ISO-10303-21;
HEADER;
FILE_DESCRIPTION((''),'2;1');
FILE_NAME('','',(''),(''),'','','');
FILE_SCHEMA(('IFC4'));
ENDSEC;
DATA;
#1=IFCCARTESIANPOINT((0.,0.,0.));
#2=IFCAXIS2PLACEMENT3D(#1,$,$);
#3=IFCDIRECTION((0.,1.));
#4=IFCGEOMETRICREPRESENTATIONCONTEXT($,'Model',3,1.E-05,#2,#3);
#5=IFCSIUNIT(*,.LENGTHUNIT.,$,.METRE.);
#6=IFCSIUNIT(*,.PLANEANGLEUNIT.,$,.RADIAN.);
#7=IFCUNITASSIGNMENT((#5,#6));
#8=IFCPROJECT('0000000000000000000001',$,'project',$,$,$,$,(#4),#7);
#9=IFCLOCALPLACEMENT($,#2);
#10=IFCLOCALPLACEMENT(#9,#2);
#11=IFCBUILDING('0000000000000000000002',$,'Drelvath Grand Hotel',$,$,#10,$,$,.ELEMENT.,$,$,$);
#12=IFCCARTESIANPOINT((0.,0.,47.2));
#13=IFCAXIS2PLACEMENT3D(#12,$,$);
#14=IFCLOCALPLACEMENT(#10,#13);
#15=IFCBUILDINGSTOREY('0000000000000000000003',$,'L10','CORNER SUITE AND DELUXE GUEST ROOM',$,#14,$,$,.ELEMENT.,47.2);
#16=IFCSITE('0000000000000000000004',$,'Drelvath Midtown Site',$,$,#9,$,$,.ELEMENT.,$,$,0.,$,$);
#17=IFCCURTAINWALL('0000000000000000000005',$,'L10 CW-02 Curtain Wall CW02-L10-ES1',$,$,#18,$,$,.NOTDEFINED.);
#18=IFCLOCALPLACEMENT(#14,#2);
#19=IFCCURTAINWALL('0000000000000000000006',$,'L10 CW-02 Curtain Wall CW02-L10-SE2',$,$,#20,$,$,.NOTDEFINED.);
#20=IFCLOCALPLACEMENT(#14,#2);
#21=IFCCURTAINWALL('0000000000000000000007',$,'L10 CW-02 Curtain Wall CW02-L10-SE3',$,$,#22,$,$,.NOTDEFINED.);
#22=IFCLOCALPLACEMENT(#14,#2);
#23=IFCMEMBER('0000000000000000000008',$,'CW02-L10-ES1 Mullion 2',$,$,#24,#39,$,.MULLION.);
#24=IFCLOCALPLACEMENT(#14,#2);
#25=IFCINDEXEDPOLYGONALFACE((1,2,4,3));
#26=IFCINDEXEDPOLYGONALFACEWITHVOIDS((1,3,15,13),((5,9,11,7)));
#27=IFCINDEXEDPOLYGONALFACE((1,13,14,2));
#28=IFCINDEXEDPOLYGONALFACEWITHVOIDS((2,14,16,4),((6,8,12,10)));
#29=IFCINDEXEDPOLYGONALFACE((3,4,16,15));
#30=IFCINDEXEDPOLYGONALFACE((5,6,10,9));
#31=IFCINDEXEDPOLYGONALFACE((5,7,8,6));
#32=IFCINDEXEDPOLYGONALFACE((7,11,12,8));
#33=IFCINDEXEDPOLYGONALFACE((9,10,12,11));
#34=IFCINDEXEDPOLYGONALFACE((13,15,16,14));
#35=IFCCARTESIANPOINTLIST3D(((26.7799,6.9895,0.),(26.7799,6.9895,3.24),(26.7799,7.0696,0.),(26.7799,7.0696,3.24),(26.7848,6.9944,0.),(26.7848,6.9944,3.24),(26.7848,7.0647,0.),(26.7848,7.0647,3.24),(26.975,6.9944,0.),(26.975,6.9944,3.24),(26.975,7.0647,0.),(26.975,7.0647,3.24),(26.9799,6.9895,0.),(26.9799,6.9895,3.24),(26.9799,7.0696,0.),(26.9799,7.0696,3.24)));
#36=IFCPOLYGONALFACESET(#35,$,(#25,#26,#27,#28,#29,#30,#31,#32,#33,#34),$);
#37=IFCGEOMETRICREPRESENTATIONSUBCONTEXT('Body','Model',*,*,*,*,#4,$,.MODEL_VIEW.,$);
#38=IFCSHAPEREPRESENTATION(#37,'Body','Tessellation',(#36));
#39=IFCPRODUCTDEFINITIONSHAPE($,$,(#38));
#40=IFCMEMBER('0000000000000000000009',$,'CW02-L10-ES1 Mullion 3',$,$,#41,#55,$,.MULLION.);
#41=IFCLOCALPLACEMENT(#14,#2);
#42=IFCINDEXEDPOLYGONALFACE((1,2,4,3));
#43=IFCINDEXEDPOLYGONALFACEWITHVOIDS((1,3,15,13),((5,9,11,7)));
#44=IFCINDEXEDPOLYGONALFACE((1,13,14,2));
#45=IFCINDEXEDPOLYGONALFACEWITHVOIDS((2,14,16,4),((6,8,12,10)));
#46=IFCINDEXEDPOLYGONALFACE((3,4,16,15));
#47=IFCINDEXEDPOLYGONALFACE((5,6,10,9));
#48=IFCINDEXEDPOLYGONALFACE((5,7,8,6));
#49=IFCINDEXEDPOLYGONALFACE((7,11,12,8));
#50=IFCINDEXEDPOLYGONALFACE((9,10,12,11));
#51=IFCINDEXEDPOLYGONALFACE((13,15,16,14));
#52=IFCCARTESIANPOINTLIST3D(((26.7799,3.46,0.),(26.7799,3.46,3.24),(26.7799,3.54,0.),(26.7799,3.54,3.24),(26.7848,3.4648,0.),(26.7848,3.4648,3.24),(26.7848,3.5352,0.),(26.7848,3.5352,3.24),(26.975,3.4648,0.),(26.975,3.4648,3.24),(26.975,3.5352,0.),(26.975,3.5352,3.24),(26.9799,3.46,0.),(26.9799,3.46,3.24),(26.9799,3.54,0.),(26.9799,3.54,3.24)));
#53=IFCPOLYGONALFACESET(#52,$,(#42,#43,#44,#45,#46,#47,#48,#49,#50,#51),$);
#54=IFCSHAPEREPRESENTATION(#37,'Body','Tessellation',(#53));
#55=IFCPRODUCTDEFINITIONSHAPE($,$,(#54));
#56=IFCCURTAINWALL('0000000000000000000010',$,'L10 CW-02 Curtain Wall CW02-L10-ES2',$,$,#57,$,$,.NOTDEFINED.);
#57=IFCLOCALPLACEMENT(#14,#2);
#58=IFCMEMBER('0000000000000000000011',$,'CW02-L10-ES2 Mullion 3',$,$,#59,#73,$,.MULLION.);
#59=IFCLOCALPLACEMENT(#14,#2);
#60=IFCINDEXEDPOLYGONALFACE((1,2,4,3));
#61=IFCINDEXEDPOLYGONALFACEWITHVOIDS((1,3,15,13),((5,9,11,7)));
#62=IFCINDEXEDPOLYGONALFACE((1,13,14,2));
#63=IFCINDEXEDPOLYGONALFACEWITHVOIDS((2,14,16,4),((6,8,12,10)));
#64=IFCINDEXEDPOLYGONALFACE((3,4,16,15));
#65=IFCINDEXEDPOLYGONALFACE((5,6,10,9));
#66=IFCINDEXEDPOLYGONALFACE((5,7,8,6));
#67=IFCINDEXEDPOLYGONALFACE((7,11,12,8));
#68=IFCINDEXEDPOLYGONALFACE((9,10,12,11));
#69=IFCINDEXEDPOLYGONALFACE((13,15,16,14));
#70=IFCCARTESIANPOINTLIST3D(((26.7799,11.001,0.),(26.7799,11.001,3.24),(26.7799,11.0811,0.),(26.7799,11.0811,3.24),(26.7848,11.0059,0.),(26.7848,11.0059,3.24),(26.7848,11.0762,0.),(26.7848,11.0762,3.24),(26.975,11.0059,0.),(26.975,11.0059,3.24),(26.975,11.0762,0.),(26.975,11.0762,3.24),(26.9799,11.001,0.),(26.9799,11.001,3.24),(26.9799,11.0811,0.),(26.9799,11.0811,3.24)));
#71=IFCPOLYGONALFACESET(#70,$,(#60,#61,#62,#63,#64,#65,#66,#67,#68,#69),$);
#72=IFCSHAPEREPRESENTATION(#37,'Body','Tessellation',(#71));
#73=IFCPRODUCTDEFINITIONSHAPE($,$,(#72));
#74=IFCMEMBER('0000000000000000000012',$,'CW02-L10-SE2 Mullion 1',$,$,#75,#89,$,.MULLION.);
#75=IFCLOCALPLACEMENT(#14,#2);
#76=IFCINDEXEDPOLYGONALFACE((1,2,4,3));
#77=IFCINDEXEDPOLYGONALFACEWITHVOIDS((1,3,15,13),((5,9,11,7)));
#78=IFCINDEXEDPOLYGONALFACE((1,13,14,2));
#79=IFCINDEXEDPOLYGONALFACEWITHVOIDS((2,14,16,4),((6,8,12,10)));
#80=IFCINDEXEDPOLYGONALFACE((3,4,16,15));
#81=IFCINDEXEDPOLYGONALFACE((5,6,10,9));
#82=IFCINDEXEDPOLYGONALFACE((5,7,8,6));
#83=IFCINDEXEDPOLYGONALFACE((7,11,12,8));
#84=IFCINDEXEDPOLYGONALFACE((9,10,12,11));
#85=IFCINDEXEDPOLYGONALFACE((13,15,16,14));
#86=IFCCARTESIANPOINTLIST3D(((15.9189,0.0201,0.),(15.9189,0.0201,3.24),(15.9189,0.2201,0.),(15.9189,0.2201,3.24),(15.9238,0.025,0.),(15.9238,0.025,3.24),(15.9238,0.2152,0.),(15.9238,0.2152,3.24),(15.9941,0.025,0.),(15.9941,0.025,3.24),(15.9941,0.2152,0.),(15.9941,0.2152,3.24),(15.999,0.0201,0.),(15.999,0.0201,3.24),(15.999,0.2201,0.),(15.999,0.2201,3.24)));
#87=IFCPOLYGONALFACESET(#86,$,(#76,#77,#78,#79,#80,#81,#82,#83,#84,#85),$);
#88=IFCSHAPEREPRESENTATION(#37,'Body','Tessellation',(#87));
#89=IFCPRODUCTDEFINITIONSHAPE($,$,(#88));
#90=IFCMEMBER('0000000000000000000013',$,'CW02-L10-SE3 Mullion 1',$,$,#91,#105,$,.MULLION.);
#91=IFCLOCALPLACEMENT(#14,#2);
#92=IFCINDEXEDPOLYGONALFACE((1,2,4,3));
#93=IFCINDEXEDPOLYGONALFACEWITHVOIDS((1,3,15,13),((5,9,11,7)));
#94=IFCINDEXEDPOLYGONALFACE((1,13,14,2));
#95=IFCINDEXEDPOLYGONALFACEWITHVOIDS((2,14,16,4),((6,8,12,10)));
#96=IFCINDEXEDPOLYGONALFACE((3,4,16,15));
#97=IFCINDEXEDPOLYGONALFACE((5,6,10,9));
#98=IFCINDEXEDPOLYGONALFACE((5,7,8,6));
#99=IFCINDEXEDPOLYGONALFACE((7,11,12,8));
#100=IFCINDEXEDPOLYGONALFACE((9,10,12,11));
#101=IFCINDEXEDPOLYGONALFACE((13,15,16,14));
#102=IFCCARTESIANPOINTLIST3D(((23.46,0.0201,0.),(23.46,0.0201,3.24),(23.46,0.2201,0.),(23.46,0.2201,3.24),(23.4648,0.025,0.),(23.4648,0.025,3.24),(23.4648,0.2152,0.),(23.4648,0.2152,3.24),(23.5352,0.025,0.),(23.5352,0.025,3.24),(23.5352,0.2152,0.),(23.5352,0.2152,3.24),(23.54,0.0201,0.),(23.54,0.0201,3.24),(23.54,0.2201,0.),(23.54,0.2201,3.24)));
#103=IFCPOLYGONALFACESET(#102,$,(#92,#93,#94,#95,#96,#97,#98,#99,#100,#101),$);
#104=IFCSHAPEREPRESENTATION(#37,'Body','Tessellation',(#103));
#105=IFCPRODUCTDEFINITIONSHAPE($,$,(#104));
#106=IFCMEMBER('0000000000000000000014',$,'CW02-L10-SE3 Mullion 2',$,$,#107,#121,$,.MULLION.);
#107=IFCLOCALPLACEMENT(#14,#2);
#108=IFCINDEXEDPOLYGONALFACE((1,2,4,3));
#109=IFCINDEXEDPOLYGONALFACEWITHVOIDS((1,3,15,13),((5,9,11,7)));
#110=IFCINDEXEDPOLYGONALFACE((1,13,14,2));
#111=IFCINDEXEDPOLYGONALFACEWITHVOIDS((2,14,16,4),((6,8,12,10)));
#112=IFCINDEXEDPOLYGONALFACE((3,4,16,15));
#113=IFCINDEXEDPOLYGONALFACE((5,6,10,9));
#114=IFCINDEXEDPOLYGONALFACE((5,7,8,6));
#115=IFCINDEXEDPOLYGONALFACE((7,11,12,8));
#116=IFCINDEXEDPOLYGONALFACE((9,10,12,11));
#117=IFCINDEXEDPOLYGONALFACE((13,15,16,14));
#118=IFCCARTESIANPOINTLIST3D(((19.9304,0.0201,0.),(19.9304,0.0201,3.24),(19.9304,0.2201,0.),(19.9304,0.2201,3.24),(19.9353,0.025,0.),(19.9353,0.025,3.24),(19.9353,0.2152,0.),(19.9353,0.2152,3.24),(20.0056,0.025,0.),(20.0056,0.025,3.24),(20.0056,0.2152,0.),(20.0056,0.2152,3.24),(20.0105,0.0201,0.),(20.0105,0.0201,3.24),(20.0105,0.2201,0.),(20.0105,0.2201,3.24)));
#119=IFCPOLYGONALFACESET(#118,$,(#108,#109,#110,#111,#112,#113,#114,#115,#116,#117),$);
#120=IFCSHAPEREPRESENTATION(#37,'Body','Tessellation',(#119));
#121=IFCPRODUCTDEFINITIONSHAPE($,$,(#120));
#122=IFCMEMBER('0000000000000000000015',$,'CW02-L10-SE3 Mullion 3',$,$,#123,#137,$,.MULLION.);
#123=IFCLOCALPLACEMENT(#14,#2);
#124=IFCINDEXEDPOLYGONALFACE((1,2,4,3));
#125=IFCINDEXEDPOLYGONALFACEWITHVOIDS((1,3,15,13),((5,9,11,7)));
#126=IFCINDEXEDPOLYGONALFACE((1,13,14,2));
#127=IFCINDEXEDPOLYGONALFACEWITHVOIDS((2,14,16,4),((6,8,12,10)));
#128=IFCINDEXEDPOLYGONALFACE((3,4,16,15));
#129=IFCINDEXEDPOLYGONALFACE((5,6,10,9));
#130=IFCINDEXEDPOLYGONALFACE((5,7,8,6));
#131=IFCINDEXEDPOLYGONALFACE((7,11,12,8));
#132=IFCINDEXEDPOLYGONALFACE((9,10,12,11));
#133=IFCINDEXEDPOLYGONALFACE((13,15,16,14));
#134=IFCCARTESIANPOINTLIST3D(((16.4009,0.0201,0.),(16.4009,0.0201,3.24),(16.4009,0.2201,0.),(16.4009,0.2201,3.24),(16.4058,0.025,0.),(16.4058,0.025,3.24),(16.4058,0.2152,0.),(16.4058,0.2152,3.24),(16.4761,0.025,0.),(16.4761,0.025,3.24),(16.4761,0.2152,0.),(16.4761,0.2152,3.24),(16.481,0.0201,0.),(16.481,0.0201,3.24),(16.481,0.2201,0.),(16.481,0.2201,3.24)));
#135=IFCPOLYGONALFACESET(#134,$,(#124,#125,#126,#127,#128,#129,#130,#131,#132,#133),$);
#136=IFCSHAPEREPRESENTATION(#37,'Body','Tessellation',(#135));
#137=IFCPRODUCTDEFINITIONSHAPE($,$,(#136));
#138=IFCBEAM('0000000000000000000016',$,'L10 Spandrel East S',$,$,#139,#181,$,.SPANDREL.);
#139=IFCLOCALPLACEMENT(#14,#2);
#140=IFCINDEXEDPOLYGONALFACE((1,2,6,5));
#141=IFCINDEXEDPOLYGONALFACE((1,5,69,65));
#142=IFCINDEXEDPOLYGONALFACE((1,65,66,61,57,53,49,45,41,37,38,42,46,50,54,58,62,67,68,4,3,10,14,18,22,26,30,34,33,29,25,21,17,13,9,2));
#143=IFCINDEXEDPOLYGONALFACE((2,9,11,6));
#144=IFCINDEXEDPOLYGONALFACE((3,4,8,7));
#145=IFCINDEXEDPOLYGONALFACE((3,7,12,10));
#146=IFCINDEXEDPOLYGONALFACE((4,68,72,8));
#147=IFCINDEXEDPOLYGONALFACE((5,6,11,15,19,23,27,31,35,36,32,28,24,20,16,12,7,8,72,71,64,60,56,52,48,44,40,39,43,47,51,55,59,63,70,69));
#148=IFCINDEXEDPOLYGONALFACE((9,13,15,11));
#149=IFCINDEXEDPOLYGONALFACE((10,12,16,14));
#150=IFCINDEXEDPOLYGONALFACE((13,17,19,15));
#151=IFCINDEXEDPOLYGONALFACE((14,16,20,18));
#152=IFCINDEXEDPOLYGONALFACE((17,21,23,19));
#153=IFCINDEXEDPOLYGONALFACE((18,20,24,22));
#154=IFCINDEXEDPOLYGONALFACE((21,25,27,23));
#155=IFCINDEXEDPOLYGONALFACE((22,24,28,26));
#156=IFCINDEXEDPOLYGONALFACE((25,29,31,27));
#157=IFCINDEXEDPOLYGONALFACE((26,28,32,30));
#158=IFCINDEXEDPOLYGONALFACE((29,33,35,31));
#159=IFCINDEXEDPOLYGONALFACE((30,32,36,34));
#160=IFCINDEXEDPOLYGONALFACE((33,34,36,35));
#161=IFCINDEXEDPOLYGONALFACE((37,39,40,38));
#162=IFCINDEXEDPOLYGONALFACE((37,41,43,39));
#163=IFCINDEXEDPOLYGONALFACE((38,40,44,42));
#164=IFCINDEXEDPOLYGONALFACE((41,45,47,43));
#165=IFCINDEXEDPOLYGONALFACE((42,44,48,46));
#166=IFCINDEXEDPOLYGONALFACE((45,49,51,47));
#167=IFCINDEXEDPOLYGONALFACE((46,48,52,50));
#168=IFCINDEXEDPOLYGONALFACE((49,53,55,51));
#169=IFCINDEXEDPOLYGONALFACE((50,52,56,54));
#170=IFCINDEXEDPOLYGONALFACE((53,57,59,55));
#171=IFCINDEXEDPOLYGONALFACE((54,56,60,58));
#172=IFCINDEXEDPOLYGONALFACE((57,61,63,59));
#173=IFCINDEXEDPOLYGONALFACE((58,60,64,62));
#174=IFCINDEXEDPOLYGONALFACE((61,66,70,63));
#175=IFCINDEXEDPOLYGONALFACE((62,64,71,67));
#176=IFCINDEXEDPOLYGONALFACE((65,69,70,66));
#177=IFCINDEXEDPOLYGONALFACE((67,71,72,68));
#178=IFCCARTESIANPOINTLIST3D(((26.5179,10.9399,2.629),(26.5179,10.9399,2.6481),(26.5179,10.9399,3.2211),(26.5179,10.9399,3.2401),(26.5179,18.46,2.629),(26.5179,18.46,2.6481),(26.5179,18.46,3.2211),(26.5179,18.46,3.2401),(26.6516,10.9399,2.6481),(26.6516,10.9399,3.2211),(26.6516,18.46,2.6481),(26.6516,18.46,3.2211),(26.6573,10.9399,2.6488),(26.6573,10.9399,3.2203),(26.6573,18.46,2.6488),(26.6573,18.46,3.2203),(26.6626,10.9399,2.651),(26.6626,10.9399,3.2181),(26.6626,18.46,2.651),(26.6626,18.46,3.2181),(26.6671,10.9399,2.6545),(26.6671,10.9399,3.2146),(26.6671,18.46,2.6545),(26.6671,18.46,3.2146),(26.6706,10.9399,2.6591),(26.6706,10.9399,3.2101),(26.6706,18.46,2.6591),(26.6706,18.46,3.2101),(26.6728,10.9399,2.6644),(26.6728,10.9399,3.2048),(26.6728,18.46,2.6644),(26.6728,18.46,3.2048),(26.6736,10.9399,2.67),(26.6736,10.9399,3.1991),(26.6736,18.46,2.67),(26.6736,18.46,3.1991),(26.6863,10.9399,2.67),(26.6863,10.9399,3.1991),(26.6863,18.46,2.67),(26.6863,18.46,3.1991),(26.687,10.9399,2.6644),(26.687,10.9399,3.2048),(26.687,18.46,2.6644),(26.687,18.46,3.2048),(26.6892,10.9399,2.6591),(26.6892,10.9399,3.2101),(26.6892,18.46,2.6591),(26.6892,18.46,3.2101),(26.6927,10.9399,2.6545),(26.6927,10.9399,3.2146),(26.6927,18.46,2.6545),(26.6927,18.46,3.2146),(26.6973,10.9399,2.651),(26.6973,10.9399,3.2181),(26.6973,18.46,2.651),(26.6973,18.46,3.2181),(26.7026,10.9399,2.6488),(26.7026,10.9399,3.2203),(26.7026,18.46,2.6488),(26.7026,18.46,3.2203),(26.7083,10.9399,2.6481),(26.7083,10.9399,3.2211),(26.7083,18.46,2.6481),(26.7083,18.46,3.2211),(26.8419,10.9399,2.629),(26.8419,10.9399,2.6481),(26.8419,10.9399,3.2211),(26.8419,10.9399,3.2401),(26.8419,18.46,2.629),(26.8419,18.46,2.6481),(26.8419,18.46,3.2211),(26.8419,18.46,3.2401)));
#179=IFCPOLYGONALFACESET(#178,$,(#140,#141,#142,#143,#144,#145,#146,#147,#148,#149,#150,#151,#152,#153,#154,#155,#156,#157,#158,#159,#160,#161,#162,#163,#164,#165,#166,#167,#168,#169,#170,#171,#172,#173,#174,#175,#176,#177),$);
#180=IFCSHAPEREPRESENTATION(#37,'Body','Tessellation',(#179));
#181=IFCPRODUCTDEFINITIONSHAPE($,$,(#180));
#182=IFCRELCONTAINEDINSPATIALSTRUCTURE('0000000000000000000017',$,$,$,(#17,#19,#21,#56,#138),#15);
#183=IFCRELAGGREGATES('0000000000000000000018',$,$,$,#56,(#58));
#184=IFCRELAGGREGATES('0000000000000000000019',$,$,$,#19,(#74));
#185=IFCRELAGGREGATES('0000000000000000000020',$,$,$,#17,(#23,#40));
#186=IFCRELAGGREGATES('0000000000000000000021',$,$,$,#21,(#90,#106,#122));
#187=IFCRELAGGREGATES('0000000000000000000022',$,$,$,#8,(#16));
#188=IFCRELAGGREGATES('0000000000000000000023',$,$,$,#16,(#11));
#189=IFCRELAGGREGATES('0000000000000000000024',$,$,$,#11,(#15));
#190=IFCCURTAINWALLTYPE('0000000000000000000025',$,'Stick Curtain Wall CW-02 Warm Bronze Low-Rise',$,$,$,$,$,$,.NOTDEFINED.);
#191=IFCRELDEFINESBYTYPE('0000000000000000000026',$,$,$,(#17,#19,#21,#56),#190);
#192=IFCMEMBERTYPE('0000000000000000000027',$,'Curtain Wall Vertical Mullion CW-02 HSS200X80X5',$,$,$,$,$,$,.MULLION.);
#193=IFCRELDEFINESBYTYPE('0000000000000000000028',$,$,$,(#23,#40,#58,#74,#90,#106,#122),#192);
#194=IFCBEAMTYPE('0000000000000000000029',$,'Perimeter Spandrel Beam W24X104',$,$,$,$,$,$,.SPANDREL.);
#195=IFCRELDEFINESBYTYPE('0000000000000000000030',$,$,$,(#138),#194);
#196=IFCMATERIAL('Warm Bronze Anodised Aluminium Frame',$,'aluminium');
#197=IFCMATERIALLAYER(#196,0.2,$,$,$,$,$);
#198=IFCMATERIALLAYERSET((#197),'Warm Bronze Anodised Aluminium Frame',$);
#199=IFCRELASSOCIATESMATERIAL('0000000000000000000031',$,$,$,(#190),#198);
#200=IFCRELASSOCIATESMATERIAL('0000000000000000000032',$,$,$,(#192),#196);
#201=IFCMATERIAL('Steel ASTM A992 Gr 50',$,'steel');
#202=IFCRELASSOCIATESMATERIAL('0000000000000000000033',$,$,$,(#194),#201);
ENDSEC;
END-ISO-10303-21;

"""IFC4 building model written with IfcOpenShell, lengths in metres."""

from ifc_helpers import new_model, si_unit, direction, frame, origin, origin_2d, place, context, subcontext, project, spatial, hollow_rectangle, i_section, extrude, material, layer, layer_set, material_profile, profile_set, type_object, element, aggregate, save


model = new_model("IFC4")

# Units and contexts
model_context = context("Model", 3, precision=1e-05, world=origin(), true_north=direction((0.0, 1.0)))
body_context = subcontext(model_context, "Body", "Model", "MODEL_VIEW")
ifc_project = project(units=[si_unit("LENGTHUNIT", "METRE"), si_unit("PLANEANGLEUNIT", "RADIAN")], contexts=[model_context])

# Site, building, storey
site_placement = place(None, origin())
site = spatial("IfcSite", under=ifc_project, at=site_placement, Name="Drelvath Midtown Site", CompositionType="ELEMENT", RefElevation=0.0)
building_placement = place(site_placement, origin())
building = spatial("IfcBuilding", under=site, at=building_placement, Name="Drelvath Grand Hotel", CompositionType="ELEMENT")
storey_placement = place(building_placement, frame((0.0, 0.0, 47.2)))
storey = spatial("IfcBuildingStorey", under=building, at=storey_placement, Name="L10", Description="CORNER SUITE AND DELUXE GUEST ROOM", CompositionType="ELEMENT", Elevation=47.2)

# Curtain walls
ifc_material_1 = material(Name="Warm Bronze Anodised Aluminium Frame", Category="aluminium")
ifc_layer_1 = layer(ifc_material_1, 0.2)
ifc_layer_set_1 = layer_set([ifc_layer_1], Name="Warm Bronze Anodised Aluminium Frame")
curtain_wall_type = type_object("IfcCurtainWallType", Name="Stick Curtain Wall CW-02 Warm Bronze Low-Rise", PredefinedType="NOTDEFINED", material=ifc_layer_set_1)
curtain_wall_1_placement = place(storey_placement, origin())
curtain_wall_1 = element("IfcCurtainWall", 1, at=curtain_wall_1_placement, inside=storey, type_object=curtain_wall_type, Name="L10 CW-02 Curtain Wall CW02-L10-ES1", PredefinedType="NOTDEFINED")
curtain_wall_2_placement = place(storey_placement, origin())
curtain_wall_2 = element("IfcCurtainWall", 2, at=curtain_wall_2_placement, inside=storey, type_object=curtain_wall_type, Name="L10 CW-02 Curtain Wall CW02-L10-SE2", PredefinedType="NOTDEFINED")
curtain_wall_3_placement = place(storey_placement, origin())
curtain_wall_3 = element("IfcCurtainWall", 3, at=curtain_wall_3_placement, inside=storey, type_object=curtain_wall_type, Name="L10 CW-02 Curtain Wall CW02-L10-SE3", PredefinedType="NOTDEFINED")

# Members
ifc_material_profile_1 = material_profile(ifc_material_1, hollow_rectangle(XDim=0.0801, YDim=0.2, WallThickness=0.0049, at=origin_2d()), Name="HSS200X80X5")
ifc_profile_set_1 = profile_set([ifc_material_profile_1], Name="Warm Bronze Anodised Aluminium Frame")
member_type_1 = type_object("IfcMemberType", Name="Curtain Wall Vertical Mullion CW-02 HSS200X80X5", PredefinedType="MULLION", material=ifc_profile_set_1)
member_1_placement = place(storey_placement, frame((26.8799, 7.0295, 0.0), z_axis=(0.0, 0.0, 1.0), x_axis=(0.0, 1.0, 0.0)))
member_1 = element("IfcMember", 4, at=member_1_placement, type_object=member_type_1, Name="CW02-L10-ES1 Mullion 2", PredefinedType="MULLION", context=body_context, shape_type="SweptSolid", body=[
    extrude(hollow_rectangle(XDim=0.0801, YDim=0.2, WallThickness=0.0049, at=origin_2d()), origin(), (0.0, 0.0, 1.0), 3.24),
])
member_2_placement = place(storey_placement, frame((26.8799, 3.5, 0.0), z_axis=(0.0, 0.0, 1.0), x_axis=(0.0, 1.0, 0.0)))
member_2 = element("IfcMember", 5, at=member_2_placement, type_object=member_type_1, Name="CW02-L10-ES1 Mullion 3", PredefinedType="MULLION", context=body_context, shape_type="SweptSolid", body=[
    extrude(hollow_rectangle(XDim=0.0801, YDim=0.2, WallThickness=0.0049, at=origin_2d()), origin(), (0.0, 0.0, 1.0), 3.24),
])

# Curtain wall, member
curtain_wall_4_placement = place(storey_placement, origin())
curtain_wall_4 = element("IfcCurtainWall", 6, at=curtain_wall_4_placement, inside=storey, type_object=curtain_wall_type, Name="L10 CW-02 Curtain Wall CW02-L10-ES2", PredefinedType="NOTDEFINED")
member_3_placement = place(storey_placement, frame((26.8799, 11.041, 0.0), z_axis=(0.0, 0.0, 1.0), x_axis=(0.0, 1.0, 0.0)))
member_3 = element("IfcMember", 7, at=member_3_placement, type_object=member_type_1, Name="CW02-L10-ES2 Mullion 3", PredefinedType="MULLION", context=body_context, shape_type="SweptSolid", body=[
    extrude(hollow_rectangle(XDim=0.0801, YDim=0.2, WallThickness=0.0049, at=origin_2d()), origin(), (0.0, 0.0, 1.0), 3.24),
])
aggregate(curtain_wall_4, [member_3])

# Members
member_4_placement = place(storey_placement, frame((15.959, 0.1201, 0.0), z_axis=(0.0, 0.0, 1.0), x_axis=(1.0, 0.0, 0.0)))
member_4 = element("IfcMember", 8, at=member_4_placement, type_object=member_type_1, Name="CW02-L10-SE2 Mullion 1", PredefinedType="MULLION", context=body_context, shape_type="SweptSolid", body=[
    extrude(hollow_rectangle(XDim=0.0801, YDim=0.2, WallThickness=0.0049, at=origin_2d()), origin(), (0.0, 0.0, 1.0), 3.24),
])
aggregate(curtain_wall_2, [member_4])
member_5_placement = place(storey_placement, frame((23.5, 0.1201, 0.0), z_axis=(0.0, 0.0, 1.0), x_axis=(1.0, 0.0, 0.0)))
member_5 = element("IfcMember", 9, at=member_5_placement, type_object=member_type_1, Name="CW02-L10-SE3 Mullion 1", PredefinedType="MULLION", context=body_context, shape_type="SweptSolid", body=[
    extrude(hollow_rectangle(XDim=0.0801, YDim=0.2, WallThickness=0.0049, at=origin_2d()), origin(), (0.0, 0.0, 1.0), 3.24),
])
member_6_placement = place(storey_placement, frame((19.9705, 0.1201, 0.0), z_axis=(0.0, 0.0, 1.0), x_axis=(1.0, 0.0, 0.0)))
member_6 = element("IfcMember", 10, at=member_6_placement, type_object=member_type_1, Name="CW02-L10-SE3 Mullion 2", PredefinedType="MULLION", context=body_context, shape_type="SweptSolid", body=[
    extrude(hollow_rectangle(XDim=0.0801, YDim=0.2, WallThickness=0.0049, at=origin_2d()), origin(), (0.0, 0.0, 1.0), 3.24),
])
member_7_placement = place(storey_placement, frame((16.4409, 0.1201, 0.0), z_axis=(0.0, 0.0, 1.0), x_axis=(1.0, 0.0, 0.0)))
member_7 = element("IfcMember", 11, at=member_7_placement, type_object=member_type_1, Name="CW02-L10-SE3 Mullion 3", PredefinedType="MULLION", context=body_context, shape_type="SweptSolid", body=[
    extrude(hollow_rectangle(XDim=0.0801, YDim=0.2, WallThickness=0.0049, at=origin_2d()), origin(), (0.0, 0.0, 1.0), 3.24),
])

# Beam
ifc_material_2 = material(Name="Steel ASTM A992 Gr 50", Category="steel")
ifc_material_profile_2 = material_profile(ifc_material_2, i_section(OverallWidth=0.324, OverallDepth=0.6111, WebThickness=0.0127, FlangeThickness=0.019, FilletRadius=0.022, at=origin_2d()), Name="W24X104")
ifc_profile_set_2 = profile_set([ifc_material_profile_2], Name="Steel ASTM A992 Gr 50")
beam_type_1 = type_object("IfcBeamType", Name="Perimeter Spandrel Beam W24X104", PredefinedType="SPANDREL", material=ifc_profile_set_2)
beam_1_placement = place(storey_placement, frame((26.6799, 10.9399, 2.9346), z_axis=(0.0, 1.0, 0.0), x_axis=(-1.0, 0.0, 0.0)))
element("IfcBeam", 12, at=beam_1_placement, inside=storey, type_object=beam_type_1, Name="L10 Spandrel East S", PredefinedType="SPANDREL", context=body_context, shape_type="SweptSolid", body=[
    extrude(i_section(OverallWidth=0.324, OverallDepth=0.6111, WebThickness=0.0127, FlangeThickness=0.019, FilletRadius=0.022, at=origin_2d()), origin(), (0.0, 0.0, 1.0), 7.52),
])

aggregate(curtain_wall_1, [member_1, member_2])
aggregate(curtain_wall_3, [member_5, member_6, member_7])

save(model, "model.ifc")
